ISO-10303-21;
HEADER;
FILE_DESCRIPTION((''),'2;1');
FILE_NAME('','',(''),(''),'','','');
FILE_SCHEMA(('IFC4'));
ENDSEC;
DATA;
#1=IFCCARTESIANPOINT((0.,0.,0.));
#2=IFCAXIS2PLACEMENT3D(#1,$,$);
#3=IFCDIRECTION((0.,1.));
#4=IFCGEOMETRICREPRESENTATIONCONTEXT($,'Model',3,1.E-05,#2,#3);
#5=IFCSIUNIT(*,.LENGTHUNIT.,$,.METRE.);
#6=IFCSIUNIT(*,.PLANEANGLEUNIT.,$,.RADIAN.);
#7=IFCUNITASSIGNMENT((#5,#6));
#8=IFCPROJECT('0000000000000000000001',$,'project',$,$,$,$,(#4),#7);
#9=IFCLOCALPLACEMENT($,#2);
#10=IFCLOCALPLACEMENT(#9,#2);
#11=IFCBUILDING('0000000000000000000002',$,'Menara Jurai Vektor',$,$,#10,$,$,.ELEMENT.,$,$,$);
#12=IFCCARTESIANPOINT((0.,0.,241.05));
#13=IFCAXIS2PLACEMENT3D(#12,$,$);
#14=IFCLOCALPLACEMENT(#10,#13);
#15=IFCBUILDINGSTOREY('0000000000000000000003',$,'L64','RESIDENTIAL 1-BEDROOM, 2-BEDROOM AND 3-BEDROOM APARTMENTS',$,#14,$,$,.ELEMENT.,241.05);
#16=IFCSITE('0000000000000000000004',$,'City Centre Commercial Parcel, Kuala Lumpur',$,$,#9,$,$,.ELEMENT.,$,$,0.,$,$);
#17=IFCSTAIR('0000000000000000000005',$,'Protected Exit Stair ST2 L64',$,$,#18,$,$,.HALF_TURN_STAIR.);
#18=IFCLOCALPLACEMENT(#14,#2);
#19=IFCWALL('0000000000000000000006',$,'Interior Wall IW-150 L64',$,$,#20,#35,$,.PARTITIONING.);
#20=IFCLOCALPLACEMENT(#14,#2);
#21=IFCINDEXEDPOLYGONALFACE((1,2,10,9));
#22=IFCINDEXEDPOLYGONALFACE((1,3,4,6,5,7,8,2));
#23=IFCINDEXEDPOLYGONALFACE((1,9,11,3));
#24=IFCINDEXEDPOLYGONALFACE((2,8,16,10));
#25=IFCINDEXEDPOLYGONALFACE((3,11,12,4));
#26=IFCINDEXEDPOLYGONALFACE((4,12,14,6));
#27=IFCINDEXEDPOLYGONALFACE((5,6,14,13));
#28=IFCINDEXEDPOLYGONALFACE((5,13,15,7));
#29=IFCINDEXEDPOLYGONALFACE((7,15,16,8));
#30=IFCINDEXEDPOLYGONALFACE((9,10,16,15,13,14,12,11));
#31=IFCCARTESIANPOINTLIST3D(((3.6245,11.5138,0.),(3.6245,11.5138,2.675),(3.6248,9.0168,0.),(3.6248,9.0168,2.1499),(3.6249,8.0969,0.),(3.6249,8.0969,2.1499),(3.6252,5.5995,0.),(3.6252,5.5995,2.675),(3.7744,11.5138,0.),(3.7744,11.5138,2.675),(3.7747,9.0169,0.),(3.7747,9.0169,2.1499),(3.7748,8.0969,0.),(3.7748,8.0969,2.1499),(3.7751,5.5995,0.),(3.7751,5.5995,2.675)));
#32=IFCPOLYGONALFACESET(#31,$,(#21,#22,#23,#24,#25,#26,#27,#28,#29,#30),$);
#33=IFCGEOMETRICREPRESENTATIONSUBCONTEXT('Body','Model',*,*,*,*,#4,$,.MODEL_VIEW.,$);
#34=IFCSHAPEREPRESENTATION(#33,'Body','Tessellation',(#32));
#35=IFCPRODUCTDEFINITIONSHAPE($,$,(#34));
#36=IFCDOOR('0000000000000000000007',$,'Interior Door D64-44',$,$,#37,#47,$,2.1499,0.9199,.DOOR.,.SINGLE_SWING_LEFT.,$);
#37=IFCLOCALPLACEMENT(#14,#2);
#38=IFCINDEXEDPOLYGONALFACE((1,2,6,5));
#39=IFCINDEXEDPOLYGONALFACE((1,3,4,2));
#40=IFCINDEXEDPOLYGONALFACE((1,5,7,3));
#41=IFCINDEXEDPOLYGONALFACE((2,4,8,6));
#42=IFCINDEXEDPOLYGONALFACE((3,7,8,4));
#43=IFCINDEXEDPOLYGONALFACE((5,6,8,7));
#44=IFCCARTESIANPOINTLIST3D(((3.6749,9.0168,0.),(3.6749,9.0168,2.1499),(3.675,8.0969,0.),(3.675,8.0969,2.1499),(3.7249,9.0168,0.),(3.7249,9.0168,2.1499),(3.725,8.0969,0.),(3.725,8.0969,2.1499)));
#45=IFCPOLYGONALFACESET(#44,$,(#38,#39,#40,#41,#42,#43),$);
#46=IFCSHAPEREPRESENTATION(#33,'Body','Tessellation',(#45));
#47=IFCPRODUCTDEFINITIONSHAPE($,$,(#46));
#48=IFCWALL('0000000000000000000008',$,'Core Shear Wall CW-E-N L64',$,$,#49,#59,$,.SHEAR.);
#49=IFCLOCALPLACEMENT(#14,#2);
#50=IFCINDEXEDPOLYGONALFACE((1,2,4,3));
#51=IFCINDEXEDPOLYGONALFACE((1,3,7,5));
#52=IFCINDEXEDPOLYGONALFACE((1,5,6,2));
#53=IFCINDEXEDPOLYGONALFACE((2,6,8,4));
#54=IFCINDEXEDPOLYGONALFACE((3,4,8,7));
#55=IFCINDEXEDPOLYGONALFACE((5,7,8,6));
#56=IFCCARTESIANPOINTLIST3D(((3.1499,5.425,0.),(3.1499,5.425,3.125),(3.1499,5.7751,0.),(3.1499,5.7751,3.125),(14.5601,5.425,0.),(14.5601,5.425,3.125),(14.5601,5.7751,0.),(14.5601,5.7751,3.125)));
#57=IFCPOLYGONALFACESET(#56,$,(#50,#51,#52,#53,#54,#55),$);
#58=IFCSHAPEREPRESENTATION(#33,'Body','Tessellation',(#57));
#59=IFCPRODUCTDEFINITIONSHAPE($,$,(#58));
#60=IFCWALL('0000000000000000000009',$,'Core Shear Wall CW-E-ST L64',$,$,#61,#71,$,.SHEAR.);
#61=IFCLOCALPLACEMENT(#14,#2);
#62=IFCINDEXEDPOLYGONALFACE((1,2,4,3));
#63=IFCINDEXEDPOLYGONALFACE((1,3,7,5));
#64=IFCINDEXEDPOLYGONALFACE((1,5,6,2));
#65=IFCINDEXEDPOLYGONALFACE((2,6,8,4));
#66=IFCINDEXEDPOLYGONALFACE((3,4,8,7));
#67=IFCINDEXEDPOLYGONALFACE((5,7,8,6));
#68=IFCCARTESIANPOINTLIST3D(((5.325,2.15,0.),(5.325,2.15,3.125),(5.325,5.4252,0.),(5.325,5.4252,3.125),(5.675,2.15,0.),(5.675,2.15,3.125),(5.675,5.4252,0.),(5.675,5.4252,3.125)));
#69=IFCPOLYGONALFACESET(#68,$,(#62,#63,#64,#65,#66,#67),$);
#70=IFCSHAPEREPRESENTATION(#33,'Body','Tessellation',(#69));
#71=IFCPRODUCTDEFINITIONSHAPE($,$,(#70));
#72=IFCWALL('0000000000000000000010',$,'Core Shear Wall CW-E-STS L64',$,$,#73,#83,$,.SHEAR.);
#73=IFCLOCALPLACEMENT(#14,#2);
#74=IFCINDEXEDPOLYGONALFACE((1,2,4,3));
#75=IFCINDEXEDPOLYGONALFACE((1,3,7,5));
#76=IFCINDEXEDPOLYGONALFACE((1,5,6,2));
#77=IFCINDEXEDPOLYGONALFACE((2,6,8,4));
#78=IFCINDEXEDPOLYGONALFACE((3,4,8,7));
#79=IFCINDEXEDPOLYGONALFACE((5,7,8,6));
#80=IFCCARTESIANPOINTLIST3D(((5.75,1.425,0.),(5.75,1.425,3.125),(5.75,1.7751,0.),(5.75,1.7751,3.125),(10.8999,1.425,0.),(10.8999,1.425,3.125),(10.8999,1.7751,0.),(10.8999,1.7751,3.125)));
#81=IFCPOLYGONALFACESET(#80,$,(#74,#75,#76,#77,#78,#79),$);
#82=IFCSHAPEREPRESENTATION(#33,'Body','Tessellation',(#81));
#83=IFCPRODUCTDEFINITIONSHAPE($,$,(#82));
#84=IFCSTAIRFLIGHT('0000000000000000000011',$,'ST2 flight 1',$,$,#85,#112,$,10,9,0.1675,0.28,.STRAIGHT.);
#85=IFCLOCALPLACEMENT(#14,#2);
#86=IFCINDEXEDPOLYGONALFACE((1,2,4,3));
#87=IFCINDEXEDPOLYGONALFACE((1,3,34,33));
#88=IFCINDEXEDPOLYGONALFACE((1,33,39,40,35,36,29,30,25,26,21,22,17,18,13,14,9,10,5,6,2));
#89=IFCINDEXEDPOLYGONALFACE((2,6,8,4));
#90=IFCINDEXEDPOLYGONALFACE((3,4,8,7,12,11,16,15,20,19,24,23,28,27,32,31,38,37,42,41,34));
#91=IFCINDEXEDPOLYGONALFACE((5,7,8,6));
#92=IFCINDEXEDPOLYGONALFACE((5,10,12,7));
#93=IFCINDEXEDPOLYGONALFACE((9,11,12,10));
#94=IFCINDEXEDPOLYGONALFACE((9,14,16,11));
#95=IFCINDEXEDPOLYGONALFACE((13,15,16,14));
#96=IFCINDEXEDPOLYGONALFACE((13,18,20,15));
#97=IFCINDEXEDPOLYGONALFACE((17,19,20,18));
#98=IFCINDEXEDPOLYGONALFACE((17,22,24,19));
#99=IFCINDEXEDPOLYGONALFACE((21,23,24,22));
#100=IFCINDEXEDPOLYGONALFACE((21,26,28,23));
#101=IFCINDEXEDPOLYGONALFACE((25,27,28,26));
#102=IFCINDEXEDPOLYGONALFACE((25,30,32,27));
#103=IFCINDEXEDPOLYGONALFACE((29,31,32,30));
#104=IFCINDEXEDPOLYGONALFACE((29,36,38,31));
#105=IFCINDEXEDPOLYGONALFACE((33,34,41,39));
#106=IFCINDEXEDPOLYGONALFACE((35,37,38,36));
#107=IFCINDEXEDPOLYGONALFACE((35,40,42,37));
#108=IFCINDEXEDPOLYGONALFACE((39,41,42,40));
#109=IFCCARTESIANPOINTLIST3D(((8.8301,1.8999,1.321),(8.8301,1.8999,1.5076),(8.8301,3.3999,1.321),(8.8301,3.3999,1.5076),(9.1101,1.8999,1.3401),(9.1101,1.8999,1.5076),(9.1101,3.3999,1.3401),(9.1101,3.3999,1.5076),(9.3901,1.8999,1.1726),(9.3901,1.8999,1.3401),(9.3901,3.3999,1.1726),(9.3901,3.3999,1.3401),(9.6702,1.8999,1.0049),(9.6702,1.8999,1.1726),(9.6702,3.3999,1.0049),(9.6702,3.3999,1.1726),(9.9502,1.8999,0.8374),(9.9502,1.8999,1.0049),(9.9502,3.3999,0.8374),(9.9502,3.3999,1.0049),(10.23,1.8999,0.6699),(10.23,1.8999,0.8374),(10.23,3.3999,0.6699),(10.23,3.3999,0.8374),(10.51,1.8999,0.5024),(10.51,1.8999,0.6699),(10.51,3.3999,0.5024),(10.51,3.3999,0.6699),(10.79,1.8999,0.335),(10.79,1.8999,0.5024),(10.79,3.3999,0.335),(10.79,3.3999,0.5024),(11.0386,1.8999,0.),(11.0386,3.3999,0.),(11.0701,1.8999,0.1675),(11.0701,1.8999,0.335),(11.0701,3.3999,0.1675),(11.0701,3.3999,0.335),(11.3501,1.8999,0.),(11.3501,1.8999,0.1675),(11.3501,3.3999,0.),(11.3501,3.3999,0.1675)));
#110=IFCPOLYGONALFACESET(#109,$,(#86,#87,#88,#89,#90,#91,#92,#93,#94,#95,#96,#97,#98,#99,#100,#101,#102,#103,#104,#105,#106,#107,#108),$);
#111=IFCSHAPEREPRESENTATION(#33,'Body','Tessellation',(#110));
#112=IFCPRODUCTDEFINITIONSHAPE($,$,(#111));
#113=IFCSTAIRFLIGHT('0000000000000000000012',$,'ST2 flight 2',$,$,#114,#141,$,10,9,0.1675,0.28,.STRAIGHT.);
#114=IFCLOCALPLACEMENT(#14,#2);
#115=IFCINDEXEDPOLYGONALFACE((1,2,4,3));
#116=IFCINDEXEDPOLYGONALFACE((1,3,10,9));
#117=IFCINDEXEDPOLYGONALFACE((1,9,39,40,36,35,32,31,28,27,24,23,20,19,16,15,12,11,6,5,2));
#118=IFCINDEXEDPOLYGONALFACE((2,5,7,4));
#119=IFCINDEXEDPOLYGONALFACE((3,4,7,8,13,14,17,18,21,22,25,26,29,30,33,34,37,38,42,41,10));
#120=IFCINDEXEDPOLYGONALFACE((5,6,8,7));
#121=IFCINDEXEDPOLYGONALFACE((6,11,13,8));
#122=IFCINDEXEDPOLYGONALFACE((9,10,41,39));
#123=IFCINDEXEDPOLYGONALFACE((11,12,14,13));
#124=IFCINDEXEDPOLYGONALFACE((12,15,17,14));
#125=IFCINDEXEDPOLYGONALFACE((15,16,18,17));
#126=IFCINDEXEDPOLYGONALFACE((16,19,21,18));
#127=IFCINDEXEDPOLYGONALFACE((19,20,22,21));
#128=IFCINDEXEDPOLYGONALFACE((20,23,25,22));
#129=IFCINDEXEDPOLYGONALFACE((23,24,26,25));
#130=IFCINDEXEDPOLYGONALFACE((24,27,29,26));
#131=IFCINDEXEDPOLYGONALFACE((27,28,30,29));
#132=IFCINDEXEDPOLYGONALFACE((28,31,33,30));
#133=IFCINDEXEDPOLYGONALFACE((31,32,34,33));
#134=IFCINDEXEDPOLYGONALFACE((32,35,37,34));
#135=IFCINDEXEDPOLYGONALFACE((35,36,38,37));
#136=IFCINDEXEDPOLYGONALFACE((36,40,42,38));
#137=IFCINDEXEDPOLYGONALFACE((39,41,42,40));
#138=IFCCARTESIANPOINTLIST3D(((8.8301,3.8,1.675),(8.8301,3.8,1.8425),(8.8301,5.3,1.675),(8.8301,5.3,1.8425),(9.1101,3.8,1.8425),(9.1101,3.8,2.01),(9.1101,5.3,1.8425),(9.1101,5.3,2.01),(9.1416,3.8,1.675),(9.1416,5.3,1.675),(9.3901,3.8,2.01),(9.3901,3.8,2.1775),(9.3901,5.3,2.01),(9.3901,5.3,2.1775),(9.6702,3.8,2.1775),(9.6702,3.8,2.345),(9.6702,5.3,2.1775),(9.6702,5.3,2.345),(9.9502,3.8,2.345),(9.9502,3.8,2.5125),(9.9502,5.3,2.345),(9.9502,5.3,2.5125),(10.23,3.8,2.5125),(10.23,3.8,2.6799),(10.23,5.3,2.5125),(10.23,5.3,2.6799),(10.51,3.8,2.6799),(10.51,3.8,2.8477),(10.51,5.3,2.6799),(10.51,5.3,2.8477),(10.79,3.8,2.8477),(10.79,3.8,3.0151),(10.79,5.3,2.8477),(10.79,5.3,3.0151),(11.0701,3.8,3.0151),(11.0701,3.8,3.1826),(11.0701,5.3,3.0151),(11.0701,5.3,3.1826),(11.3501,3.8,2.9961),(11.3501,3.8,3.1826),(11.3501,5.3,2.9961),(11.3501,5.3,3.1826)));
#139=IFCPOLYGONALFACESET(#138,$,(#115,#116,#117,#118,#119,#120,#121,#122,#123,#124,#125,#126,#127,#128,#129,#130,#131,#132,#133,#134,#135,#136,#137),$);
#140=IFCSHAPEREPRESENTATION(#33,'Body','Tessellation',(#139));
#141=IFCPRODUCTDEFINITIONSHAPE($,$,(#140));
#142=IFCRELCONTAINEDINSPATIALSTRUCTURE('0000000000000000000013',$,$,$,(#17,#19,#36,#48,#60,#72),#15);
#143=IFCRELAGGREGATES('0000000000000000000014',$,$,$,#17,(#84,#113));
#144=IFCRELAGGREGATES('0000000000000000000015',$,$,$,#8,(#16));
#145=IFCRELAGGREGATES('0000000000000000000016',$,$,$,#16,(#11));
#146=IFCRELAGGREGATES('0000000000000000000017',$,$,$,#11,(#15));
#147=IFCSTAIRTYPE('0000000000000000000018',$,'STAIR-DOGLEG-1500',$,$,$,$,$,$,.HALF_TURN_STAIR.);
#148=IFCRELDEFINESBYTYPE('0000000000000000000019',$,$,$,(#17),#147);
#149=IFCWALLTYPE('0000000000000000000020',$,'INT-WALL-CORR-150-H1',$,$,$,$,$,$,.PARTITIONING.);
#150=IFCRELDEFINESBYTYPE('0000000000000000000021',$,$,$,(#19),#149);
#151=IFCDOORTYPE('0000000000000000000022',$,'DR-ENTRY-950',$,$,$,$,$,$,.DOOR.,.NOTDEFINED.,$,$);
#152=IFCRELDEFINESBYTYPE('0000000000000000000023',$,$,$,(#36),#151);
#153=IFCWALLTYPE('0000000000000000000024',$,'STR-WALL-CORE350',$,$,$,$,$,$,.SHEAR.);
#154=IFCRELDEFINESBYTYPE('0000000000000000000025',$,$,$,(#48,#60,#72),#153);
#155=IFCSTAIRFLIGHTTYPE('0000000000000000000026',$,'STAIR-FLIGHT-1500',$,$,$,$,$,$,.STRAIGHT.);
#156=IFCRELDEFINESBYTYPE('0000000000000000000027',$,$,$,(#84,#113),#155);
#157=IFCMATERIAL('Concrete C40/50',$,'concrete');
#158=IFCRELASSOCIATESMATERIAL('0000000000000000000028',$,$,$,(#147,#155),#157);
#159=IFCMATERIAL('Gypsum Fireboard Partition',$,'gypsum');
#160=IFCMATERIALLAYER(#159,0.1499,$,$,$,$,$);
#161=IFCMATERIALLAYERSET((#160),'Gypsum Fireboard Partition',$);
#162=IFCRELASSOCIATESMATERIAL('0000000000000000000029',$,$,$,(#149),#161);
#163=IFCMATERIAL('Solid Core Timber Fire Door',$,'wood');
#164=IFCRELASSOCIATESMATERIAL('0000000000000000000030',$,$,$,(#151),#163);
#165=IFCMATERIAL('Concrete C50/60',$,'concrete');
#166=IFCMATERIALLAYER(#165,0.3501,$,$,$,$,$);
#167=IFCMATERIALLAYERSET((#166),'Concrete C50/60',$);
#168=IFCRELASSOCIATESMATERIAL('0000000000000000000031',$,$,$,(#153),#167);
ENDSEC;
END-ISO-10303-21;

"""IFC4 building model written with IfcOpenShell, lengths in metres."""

from ifc_helpers import new_model, si_unit, direction, frame, frame_2d, origin, place, context, subcontext, project, spatial, polyline, rectangle, outline, extrude, material, layer, layer_set, type_object, element, fill, aggregate, save


model = new_model("IFC4")

# Units and contexts
model_context = context("Model", 3, precision=1e-05, world=origin(), true_north=direction((0.0, 1.0)))
body_context = subcontext(model_context, "Body", "Model", "MODEL_VIEW")
ifc_project = project(units=[si_unit("LENGTHUNIT", "METRE"), si_unit("PLANEANGLEUNIT", "RADIAN")], contexts=[model_context])

# Site, building, storey
site_placement = place(None, origin())
site = spatial("IfcSite", under=ifc_project, at=site_placement, Name="City Centre Commercial Parcel, Kuala Lumpur", CompositionType="ELEMENT", RefElevation=0.0)
building_placement = place(site_placement, origin())
building = spatial("IfcBuilding", under=site, at=building_placement, Name="Menara Jurai Vektor", CompositionType="ELEMENT")
storey_placement = place(building_placement, frame((0.0, 0.0, 241.05)))
storey = spatial("IfcBuildingStorey", under=building, at=storey_placement, Name="L64", Description="RESIDENTIAL 1-BEDROOM, 2-BEDROOM AND 3-BEDROOM APARTMENTS", CompositionType="ELEMENT", Elevation=241.05)

# Shared definitions
ifc_material_1 = material(Name="Concrete C50/60", Category="concrete")

# Stair
ifc_material_2 = material(Name="Concrete C40/50", Category="concrete")
stair_type = type_object("IfcStairType", Name="STAIR-DOGLEG-1500", PredefinedType="HALF_TURN_STAIR", material=ifc_material_2)
stair_1_placement = place(storey_placement, origin())
stair_1 = element("IfcStair", 1, at=stair_1_placement, inside=storey, type_object=stair_type, Name="Protected Exit Stair ST2 L64", PredefinedType="HALF_TURN_STAIR")

# Shared definitions
ifc_material_3 = material(Name="Gypsum Fireboard Partition", Category="gypsum")

# Wall, opening, door
ifc_layer_1 = layer(ifc_material_3, 0.1499)
ifc_layer_set_1 = layer_set([ifc_layer_1], Name="Gypsum Fireboard Partition")
wall_type_1 = type_object("IfcWallType", Name="INT-WALL-CORR-150-H1", PredefinedType="PARTITIONING", material=ifc_layer_set_1)
wall_1_placement = place(storey_placement, frame((3.7002, 5.5996, 0.0), z_axis=(0.0, 0.0, 1.0), x_axis=(-0.000124, 1.0, 0.0)))
wall_1 = element("IfcWall", 2, at=wall_1_placement, inside=storey, type_object=wall_type_1, Name="Interior Wall IW-150 L64", PredefinedType="PARTITIONING", context=body_context, shape_type="SweptSolid", body=[
    extrude(rectangle(XDim=5.9143, YDim=0.1499, at=frame_2d((2.957, 0.0))), origin(), (0.0, 0.0, 1.0), 2.675),
])
opening_1_placement = place(wall_1_placement, frame((2.4973, 0.0, 0.0)))
opening_1 = element("IfcOpeningElement", 3, at=opening_1_placement, cuts=wall_1, PredefinedType="OPENING", context=body_context, shape_type="SweptSolid", body=[
    extrude(rectangle(XDim=0.9199, YDim=2.1499, at=frame_2d((0.46, 1.075))), frame((0.0, 0.085, 0.0), z_axis=(0.0, -1.0, 0.0), x_axis=(1.0, 0.0, 0.0)), (0.0, 0.0, 1.0), 0.1699),
])
ifc_material_4 = material(Name="Solid Core Timber Fire Door", Category="wood")
door_type_1 = type_object("IfcDoorType", Name="DR-ENTRY-950", OperationType="NOTDEFINED", PredefinedType="DOOR", material=ifc_material_4)
door_1_placement = place(opening_1_placement, origin())
door_1 = element("IfcDoor", 4, at=door_1_placement, inside=storey, type_object=door_type_1, Name="Interior Door D64-44", OperationType="SINGLE_SWING_LEFT", OverallHeight=2.1499, OverallWidth=0.9199, PredefinedType="DOOR", context=body_context, shape_type="SweptSolid", body=[
    extrude(rectangle(XDim=0.9199, YDim=2.1499, at=frame_2d((0.46, 1.075))), frame((0.0, 0.0249, 0.0), z_axis=(0.0, -1.0, 0.0), x_axis=(1.0, 0.0, 0.0)), (0.0, 0.0, 1.0), 0.05),
])
fill(opening_1, door_1)

# Walls
ifc_layer_2 = layer(ifc_material_1, 0.3501)
ifc_layer_set_2 = layer_set([ifc_layer_2], Name="Concrete C50/60")
wall_type_2 = type_object("IfcWallType", Name="STR-WALL-CORE350", PredefinedType="SHEAR", material=ifc_layer_set_2)
wall_2_placement = place(storey_placement, frame((3.1499, 5.6001, 0.0), z_axis=(0.0, 0.0, 1.0), x_axis=(1.0, 0.0, 0.0)))
element("IfcWall", 5, at=wall_2_placement, inside=storey, type_object=wall_type_2, Name="Core Shear Wall CW-E-N L64", PredefinedType="SHEAR", context=body_context, shape_type="SweptSolid", body=[
    extrude(rectangle(XDim=11.4102, YDim=0.3501, at=frame_2d((5.7051, 0.0))), origin(), (0.0, 0.0, 1.0), 3.125),
])
wall_3_placement = place(storey_placement, frame((5.5, 2.1499, 0.0), z_axis=(0.0, 0.0, 1.0), x_axis=(0.0, 1.0, 0.0)))
element("IfcWall", 6, at=wall_3_placement, inside=storey, type_object=wall_type_2, Name="Core Shear Wall CW-E-ST L64", PredefinedType="SHEAR", context=body_context, shape_type="SweptSolid", body=[
    extrude(rectangle(XDim=3.2751, YDim=0.3501, at=frame_2d((1.6377, 0.0))), origin(), (0.0, 0.0, 1.0), 3.125),
])
wall_4_placement = place(storey_placement, frame((5.75, 1.6001, 0.0), z_axis=(0.0, 0.0, 1.0), x_axis=(1.0, 0.0, 0.0)))
element("IfcWall", 7, at=wall_4_placement, inside=storey, type_object=wall_type_2, Name="Core Shear Wall CW-E-STS L64", PredefinedType="SHEAR", context=body_context, shape_type="SweptSolid", body=[
    extrude(rectangle(XDim=5.1499, YDim=0.3501, at=frame_2d((2.575, 0.0))), origin(), (0.0, 0.0, 1.0), 3.125),
])

# Stair flights
stair_flight_type = type_object("IfcStairFlightType", Name="STAIR-FLIGHT-1500", PredefinedType="STRAIGHT", material=ifc_material_2)
stair_flight_1_placement = place(storey_placement, frame((11.3501, 2.6499, 0.0), z_axis=(0.0, 0.0, 1.0), x_axis=(-1.0, 0.0, 0.0)))
stair_flight_1 = element("IfcStairFlight", 8, at=stair_flight_1_placement, type_object=stair_flight_type, Name="ST2 flight 1", NumberOfRisers=10, NumberOfTreads=9, PredefinedType="STRAIGHT", RiserHeight=0.1675, TreadLength=0.28, context=body_context, shape_type="SweptSolid", body=[
    extrude(outline(polyline([(0.0, 0.0), (0.0, 0.1675), (0.28, 0.1675), (0.28, 0.335), (0.5601, 0.335), (0.5601, 0.5024), (0.8401, 0.5024), (0.8401, 0.6699), (1.1201, 0.6699), (1.1201, 0.8374), (1.3999, 0.8374), (1.3999, 1.0049), (1.6799, 1.0049), (1.6799, 1.1726), (1.96, 1.1726), (1.96, 1.3401), (2.24, 1.3401), (2.24, 1.5076), (2.52, 1.5076), (2.52, 1.675), (2.52, 1.321), (0.3115, 0.0), (0.0, 0.0)])), frame((0.0, 0.75, 0.0), z_axis=(0.0, -1.0, 0.0), x_axis=(1.0, 0.0, 0.0)), (0.0, 0.0, 1.0), 1.5),
])
stair_flight_2_placement = place(storey_placement, frame((8.8301, 4.55, 1.675), z_axis=(0.0, 0.0, 1.0), x_axis=(1.0, 0.0, 0.0)))
stair_flight_2 = element("IfcStairFlight", 9, at=stair_flight_2_placement, type_object=stair_flight_type, Name="ST2 flight 2", NumberOfRisers=10, NumberOfTreads=9, PredefinedType="STRAIGHT", RiserHeight=0.1675, TreadLength=0.28, context=body_context, shape_type="SweptSolid", body=[
    extrude(outline(polyline([(0.0, 0.0), (0.0, 0.1675), (0.28, 0.1675), (0.28, 0.335), (0.5601, 0.335), (0.5601, 0.5024), (0.8401, 0.5024), (0.8401, 0.6699), (1.1201, 0.6699), (1.1201, 0.8374), (1.3999, 0.8374), (1.3999, 1.0049), (1.6799, 1.0049), (1.6799, 1.1726), (1.96, 1.1726), (1.96, 1.3401), (2.24, 1.3401), (2.24, 1.5076), (2.52, 1.5076), (2.52, 1.675), (2.52, 1.321), (0.3115, 0.0), (0.0, 0.0)])), frame((0.0, 0.75, 0.0), z_axis=(0.0, -1.0, 0.0), x_axis=(1.0, 0.0, 0.0)), (0.0, 0.0, 1.0), 1.5),
])
aggregate(stair_1, [stair_flight_1, stair_flight_2])

save(model, "model.ifc")
